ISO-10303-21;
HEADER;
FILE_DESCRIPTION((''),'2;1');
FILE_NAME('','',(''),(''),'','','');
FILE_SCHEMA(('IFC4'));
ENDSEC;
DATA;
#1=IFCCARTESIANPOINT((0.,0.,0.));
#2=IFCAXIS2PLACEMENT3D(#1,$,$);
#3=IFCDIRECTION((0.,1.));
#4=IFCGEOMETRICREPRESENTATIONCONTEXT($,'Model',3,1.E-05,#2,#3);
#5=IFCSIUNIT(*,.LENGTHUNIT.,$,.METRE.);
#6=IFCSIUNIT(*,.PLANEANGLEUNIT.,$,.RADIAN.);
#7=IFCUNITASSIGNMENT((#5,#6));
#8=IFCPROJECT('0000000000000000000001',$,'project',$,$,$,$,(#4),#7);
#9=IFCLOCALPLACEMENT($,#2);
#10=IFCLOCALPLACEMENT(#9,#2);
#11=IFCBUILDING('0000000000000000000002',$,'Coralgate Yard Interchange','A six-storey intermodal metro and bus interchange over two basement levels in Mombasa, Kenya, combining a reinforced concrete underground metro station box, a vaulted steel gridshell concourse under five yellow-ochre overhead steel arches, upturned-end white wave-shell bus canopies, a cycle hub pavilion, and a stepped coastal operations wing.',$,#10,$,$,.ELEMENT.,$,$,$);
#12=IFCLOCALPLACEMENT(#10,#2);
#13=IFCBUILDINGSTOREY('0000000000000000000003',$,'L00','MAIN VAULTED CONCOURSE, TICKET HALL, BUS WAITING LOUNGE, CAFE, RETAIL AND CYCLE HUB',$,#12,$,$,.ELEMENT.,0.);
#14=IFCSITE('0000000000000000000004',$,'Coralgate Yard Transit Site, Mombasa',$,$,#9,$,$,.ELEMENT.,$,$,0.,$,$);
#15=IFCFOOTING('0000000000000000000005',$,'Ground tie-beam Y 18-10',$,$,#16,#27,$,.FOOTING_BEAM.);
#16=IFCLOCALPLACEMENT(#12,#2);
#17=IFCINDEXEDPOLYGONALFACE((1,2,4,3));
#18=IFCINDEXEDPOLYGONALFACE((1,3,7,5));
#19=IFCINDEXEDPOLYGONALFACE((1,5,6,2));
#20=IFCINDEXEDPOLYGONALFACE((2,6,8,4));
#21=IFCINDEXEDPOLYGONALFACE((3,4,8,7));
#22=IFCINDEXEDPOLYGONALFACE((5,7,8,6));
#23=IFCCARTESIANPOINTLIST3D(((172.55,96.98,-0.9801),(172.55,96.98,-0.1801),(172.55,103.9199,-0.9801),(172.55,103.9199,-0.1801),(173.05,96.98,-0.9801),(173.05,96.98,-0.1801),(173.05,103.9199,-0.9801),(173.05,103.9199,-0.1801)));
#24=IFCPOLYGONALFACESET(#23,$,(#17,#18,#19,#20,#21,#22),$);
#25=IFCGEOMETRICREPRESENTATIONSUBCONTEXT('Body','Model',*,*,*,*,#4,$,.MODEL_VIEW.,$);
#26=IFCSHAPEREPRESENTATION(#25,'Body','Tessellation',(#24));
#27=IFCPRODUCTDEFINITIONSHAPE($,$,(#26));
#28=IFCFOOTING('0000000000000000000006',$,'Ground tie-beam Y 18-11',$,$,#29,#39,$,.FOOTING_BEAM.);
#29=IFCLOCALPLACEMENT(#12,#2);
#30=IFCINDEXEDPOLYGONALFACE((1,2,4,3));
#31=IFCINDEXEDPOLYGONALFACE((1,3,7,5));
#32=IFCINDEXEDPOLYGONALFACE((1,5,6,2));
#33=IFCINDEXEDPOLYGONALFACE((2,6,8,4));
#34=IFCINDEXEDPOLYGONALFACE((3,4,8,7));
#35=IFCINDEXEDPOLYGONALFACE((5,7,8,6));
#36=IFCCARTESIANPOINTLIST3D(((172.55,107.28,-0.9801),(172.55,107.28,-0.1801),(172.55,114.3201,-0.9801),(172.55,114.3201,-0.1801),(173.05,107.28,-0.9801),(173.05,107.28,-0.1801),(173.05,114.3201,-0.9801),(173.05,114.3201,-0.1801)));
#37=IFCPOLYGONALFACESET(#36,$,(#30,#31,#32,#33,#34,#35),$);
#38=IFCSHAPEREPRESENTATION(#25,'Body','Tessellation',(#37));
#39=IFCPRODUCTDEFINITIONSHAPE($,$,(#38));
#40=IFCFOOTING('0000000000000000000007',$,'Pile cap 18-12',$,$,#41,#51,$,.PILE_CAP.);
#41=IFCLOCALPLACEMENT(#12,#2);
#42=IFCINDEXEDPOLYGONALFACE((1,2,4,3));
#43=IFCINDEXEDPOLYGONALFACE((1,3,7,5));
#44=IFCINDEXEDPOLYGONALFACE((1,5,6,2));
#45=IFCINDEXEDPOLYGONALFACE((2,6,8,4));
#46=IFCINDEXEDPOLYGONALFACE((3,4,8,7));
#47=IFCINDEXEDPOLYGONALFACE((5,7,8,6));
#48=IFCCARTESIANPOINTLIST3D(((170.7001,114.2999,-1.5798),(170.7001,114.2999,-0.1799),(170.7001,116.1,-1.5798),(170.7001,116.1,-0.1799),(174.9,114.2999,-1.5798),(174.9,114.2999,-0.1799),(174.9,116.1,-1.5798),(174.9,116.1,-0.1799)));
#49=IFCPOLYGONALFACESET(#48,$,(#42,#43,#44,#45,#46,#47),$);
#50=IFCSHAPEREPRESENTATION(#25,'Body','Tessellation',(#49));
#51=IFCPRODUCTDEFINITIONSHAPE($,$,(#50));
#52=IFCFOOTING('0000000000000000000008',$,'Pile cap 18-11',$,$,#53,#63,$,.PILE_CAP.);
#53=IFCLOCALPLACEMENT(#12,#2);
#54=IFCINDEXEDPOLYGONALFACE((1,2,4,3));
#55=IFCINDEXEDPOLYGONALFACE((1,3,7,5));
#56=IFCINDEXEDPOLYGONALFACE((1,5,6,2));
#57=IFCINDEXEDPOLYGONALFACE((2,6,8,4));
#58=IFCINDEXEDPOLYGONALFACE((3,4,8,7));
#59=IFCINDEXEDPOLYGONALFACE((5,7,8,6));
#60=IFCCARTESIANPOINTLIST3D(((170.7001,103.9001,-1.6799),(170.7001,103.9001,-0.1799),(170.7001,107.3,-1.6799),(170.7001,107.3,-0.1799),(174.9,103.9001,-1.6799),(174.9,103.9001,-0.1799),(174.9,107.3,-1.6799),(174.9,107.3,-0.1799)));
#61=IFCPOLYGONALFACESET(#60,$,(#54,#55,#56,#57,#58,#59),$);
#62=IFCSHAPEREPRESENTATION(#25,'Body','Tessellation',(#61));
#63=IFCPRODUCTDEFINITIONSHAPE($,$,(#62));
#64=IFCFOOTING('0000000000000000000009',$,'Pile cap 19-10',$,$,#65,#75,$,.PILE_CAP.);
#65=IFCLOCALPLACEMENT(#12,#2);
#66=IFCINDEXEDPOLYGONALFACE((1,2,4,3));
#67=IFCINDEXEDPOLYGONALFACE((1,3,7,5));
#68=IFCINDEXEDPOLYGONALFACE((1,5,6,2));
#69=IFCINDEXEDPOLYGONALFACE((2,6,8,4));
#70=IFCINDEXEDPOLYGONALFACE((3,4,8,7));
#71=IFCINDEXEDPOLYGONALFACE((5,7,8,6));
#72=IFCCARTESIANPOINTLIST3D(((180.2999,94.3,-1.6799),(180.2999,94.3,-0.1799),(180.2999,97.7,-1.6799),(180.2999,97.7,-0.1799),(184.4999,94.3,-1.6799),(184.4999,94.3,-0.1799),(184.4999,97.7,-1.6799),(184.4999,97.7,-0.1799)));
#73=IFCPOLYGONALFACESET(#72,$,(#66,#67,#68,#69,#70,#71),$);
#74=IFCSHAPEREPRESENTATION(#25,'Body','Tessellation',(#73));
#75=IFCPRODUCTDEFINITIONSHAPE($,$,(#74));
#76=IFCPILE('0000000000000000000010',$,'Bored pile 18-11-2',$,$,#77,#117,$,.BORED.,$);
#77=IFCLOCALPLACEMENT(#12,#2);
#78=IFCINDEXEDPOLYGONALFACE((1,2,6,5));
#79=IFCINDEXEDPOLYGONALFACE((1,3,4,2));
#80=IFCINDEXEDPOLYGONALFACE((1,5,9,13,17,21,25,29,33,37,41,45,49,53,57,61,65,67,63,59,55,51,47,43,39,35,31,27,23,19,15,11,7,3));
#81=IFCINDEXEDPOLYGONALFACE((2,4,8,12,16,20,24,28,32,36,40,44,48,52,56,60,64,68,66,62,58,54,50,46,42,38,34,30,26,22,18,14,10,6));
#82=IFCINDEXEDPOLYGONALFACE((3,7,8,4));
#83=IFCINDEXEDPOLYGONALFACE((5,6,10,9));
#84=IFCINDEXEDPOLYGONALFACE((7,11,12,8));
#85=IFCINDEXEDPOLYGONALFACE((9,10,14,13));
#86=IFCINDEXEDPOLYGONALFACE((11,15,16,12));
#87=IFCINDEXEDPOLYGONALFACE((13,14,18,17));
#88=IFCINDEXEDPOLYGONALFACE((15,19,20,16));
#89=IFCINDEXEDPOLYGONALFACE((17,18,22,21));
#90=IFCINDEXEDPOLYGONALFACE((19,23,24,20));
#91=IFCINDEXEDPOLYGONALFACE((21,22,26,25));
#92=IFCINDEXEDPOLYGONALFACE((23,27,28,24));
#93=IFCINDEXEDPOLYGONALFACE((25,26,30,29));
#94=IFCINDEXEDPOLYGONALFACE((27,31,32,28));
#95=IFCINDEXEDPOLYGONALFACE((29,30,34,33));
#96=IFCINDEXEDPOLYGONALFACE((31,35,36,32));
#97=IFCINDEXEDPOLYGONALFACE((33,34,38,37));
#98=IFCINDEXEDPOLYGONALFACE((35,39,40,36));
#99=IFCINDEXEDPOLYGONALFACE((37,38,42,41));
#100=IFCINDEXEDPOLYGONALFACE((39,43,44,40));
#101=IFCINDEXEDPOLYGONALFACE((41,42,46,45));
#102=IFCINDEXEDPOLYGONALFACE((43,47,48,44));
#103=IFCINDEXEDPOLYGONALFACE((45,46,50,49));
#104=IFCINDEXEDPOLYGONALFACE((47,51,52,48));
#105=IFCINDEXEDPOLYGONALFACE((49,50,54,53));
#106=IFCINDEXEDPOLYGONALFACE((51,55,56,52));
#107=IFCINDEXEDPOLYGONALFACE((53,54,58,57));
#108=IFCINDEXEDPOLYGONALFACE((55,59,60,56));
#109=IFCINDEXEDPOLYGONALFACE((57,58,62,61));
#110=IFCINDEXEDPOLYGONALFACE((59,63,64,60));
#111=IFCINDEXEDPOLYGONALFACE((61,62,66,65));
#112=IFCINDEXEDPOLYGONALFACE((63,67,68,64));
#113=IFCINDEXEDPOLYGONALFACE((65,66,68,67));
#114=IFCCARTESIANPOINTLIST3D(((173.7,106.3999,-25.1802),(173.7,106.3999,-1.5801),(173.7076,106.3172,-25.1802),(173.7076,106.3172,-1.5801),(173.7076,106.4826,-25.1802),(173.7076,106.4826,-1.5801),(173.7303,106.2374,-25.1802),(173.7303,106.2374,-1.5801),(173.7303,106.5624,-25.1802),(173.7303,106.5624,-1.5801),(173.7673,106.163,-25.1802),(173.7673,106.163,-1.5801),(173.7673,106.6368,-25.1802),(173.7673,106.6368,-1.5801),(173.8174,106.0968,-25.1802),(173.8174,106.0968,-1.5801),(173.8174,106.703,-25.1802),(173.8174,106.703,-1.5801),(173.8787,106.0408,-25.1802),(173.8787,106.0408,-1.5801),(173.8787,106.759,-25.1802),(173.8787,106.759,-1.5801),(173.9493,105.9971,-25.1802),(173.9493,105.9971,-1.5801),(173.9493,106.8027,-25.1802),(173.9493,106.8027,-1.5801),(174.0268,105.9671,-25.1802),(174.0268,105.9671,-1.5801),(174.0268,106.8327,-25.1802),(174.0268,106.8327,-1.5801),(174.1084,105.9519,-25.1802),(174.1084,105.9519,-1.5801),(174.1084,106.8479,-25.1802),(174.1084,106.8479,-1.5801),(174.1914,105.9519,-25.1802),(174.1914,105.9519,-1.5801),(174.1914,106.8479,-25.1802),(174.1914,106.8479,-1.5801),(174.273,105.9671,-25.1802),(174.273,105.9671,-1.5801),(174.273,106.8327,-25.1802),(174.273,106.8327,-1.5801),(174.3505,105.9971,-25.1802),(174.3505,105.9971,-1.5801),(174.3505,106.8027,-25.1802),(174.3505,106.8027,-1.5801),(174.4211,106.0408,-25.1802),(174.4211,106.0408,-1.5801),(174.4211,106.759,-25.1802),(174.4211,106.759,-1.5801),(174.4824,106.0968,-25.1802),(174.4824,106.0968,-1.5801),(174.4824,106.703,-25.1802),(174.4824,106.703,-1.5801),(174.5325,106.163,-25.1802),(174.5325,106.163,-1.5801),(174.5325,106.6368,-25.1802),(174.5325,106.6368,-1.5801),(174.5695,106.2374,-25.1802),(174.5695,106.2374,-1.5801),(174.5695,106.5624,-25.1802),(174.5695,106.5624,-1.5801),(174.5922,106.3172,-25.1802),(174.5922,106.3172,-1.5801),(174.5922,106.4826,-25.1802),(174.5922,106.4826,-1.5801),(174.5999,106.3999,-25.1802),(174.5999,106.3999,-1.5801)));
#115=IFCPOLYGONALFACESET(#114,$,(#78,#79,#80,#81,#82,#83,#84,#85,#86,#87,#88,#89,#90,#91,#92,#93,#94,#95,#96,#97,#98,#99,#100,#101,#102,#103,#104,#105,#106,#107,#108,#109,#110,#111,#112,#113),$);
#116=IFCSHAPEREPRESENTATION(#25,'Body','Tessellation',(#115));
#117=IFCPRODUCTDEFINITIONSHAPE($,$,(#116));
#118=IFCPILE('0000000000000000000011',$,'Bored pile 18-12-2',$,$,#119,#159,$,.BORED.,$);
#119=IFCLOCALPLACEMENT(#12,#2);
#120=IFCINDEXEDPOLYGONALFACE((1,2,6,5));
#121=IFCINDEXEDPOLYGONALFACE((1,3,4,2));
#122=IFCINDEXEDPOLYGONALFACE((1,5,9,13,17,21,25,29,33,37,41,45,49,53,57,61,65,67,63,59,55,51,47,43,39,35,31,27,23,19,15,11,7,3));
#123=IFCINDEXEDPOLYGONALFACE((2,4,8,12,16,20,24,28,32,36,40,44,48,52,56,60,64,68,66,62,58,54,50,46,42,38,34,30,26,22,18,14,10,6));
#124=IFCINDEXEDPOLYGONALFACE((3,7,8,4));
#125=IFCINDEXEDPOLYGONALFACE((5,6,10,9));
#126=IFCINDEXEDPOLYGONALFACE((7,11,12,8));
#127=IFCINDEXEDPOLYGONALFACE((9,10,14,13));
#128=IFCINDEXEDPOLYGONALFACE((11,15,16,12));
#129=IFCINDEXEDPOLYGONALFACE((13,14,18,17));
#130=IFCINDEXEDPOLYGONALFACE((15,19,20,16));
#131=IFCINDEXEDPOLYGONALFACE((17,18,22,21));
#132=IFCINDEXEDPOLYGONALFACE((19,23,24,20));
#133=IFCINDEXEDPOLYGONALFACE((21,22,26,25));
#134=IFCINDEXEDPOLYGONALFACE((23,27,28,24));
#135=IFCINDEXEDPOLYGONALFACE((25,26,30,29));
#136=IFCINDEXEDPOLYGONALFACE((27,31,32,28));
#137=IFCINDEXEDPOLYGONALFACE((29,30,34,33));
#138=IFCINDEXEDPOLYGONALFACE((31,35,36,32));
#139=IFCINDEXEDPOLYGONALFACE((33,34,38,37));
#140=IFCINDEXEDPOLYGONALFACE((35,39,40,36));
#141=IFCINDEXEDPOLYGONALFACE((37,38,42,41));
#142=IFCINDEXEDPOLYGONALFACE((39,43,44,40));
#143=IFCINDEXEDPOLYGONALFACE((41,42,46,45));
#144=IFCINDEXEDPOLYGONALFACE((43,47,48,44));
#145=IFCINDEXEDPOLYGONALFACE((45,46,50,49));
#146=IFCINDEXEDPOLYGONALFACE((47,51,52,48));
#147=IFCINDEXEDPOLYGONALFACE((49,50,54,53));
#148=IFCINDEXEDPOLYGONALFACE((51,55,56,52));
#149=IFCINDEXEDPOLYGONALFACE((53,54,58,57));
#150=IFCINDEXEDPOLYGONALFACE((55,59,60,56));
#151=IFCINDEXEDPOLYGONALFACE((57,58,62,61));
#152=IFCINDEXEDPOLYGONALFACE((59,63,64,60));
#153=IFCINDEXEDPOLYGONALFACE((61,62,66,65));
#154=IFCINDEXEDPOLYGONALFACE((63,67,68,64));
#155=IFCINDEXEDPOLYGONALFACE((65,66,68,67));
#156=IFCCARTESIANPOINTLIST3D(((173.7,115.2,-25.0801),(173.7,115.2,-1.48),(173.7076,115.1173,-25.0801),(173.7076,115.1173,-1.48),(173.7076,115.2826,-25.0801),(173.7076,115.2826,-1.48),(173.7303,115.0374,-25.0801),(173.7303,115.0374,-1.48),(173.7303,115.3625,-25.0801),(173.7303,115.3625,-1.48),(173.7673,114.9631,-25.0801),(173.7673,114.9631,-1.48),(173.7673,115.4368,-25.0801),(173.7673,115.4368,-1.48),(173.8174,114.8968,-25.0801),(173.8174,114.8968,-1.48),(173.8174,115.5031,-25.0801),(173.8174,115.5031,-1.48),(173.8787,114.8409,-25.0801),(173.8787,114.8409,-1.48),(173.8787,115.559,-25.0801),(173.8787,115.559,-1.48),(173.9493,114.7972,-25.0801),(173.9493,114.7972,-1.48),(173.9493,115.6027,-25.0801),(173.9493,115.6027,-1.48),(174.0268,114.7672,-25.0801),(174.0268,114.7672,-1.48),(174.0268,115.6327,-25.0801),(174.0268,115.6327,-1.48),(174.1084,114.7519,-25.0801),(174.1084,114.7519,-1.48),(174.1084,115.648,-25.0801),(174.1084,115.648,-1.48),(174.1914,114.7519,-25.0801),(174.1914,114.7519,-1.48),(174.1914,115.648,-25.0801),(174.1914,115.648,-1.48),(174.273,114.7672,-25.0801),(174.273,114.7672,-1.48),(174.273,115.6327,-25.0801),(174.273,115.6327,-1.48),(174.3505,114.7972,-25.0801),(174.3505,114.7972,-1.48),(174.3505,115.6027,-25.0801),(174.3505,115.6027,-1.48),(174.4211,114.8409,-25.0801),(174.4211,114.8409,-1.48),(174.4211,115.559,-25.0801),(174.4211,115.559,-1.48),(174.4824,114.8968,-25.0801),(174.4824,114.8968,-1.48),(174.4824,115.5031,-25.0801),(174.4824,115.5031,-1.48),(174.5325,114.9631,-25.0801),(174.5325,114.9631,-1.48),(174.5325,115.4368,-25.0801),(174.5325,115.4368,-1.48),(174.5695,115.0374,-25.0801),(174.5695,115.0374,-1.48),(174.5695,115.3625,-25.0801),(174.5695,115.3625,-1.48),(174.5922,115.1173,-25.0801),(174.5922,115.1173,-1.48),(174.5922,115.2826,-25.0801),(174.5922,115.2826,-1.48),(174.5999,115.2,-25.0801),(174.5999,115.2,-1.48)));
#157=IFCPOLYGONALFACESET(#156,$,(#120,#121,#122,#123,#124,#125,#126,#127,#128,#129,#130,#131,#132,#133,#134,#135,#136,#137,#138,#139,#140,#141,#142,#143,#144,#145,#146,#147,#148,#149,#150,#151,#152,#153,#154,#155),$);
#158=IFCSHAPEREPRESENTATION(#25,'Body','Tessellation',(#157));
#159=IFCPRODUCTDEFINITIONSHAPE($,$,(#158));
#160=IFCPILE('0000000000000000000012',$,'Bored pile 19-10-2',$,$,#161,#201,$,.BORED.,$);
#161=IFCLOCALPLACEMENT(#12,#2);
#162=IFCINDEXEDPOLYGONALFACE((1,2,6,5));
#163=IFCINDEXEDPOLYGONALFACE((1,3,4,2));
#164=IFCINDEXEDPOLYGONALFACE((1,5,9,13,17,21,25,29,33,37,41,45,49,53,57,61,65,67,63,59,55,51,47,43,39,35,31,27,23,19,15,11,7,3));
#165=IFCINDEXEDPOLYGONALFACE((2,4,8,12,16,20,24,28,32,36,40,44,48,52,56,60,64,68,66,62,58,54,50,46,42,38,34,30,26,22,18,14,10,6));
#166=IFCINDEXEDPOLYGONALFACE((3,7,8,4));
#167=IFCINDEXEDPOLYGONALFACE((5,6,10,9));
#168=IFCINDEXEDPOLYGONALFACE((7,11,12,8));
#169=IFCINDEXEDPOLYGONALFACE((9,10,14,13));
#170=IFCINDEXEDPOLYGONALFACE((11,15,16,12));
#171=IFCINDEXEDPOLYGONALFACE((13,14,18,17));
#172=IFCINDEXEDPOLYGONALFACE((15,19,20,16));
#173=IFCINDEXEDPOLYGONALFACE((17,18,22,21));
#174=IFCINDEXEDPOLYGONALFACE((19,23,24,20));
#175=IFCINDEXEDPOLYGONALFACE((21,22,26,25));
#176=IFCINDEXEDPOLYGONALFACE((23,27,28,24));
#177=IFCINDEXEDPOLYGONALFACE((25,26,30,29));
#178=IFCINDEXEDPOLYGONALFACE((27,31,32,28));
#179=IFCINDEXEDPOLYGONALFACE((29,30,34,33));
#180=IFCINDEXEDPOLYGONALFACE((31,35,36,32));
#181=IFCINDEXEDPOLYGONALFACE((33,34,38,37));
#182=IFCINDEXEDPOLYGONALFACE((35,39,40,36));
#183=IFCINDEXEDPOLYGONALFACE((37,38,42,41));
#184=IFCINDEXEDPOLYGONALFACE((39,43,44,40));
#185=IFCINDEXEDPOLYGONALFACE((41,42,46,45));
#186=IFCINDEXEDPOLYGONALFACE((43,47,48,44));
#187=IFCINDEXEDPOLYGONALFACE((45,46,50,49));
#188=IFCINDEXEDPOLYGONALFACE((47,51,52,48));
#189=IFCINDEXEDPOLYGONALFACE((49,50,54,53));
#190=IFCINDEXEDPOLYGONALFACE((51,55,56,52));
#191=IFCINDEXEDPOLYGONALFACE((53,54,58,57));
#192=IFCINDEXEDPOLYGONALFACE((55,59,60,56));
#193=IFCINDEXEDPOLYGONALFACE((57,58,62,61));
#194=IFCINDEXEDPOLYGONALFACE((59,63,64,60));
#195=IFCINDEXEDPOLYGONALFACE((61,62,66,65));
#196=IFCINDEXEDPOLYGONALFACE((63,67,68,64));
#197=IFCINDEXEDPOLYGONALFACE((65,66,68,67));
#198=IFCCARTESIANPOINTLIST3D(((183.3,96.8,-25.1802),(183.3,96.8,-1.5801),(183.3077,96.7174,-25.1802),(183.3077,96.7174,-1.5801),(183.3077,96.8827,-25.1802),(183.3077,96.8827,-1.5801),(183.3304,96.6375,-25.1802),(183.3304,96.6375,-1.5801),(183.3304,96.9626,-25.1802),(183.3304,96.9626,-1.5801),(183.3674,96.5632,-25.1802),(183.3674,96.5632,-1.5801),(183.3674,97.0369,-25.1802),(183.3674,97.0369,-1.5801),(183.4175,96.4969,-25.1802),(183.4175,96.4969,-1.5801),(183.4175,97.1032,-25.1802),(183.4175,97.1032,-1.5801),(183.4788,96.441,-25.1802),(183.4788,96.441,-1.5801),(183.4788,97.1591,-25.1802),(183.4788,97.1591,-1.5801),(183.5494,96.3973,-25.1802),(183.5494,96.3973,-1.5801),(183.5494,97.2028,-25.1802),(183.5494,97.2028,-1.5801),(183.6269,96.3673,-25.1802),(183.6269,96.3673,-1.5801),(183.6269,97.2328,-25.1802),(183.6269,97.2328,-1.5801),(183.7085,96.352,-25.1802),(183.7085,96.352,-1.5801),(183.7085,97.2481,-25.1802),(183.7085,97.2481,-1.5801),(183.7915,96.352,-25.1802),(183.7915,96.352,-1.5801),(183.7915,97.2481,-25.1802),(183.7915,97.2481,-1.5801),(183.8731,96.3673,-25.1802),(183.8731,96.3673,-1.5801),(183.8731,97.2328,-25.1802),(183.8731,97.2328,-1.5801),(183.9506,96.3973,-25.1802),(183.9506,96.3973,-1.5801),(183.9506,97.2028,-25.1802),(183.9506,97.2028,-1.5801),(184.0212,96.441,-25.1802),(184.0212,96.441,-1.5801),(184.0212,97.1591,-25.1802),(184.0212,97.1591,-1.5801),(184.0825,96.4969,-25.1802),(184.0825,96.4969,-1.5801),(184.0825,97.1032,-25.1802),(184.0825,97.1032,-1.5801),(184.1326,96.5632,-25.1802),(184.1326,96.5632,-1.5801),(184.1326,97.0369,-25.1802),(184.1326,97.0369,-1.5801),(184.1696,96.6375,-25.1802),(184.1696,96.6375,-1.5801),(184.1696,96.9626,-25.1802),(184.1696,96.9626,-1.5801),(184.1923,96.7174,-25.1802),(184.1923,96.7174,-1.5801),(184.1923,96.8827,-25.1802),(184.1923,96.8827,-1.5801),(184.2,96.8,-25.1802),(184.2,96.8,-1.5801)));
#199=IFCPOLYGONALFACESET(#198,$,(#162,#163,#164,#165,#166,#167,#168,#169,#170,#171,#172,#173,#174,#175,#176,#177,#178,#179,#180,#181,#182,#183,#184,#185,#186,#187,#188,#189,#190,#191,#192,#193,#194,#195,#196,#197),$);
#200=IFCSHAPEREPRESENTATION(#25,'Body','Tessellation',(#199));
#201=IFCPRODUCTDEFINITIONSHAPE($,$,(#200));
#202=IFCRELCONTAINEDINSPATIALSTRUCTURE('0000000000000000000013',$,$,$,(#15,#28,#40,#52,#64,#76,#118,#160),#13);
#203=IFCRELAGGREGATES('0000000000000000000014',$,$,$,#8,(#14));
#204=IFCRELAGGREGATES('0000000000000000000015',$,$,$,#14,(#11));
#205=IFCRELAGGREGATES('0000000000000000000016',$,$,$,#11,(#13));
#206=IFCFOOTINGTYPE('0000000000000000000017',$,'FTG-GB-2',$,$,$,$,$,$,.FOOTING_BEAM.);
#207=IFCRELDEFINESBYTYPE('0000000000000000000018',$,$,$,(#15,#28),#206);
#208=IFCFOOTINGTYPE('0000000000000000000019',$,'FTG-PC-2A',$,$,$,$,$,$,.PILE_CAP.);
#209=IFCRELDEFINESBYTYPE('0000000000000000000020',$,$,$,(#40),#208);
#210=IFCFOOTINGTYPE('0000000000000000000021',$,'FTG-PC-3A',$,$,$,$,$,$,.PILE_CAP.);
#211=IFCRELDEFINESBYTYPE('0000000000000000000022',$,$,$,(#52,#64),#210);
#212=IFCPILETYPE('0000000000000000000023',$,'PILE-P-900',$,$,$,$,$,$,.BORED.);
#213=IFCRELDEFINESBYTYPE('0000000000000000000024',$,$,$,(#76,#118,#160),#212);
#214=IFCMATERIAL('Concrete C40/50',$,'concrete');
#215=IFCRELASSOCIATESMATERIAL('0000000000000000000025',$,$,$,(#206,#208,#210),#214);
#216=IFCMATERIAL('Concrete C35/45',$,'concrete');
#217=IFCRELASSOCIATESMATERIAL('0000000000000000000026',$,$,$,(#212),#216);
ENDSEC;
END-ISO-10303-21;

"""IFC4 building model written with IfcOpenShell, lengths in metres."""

from ifc_helpers import new_model, si_unit, direction, frame, origin, origin_2d, place, context, subcontext, project, spatial, rectangle, circle, extrude, material, material_profile, profile_set, type_object, element, save


model = new_model("IFC4")

# Units and contexts
model_context = context("Model", 3, precision=1e-05, world=origin(), true_north=direction((0.0, 1.0)))
body_context = subcontext(model_context, "Body", "Model", "MODEL_VIEW")
ifc_project = project(units=[si_unit("LENGTHUNIT", "METRE"), si_unit("PLANEANGLEUNIT", "RADIAN")], contexts=[model_context])

# Site, building, storey
site_placement = place(None, origin())
site = spatial("IfcSite", under=ifc_project, at=site_placement, Name="Coralgate Yard Transit Site, Mombasa", CompositionType="ELEMENT", RefElevation=0.0)
building_placement = place(site_placement, origin())
building = spatial("IfcBuilding", under=site, at=building_placement, Name="Coralgate Yard Interchange", Description="A six-storey intermodal metro and bus interchange over two basement levels in Mombasa, Kenya, combining a reinforced concrete underground metro station box, a vaulted steel gridshell concourse under five yellow-ochre overhead steel arches, upturned-end white wave-shell bus canopies, a cycle hub pavilion, and a stepped coastal operations wing.", CompositionType="ELEMENT")
storey_placement = place(building_placement, origin())
storey = spatial("IfcBuildingStorey", under=building, at=storey_placement, Name="L00", Description="MAIN VAULTED CONCOURSE, TICKET HALL, BUS WAITING LOUNGE, CAFE, RETAIL AND CYCLE HUB", CompositionType="ELEMENT", Elevation=0.0)

# Footings
ifc_material_1 = material(Name="Concrete C40/50", Category="concrete")
ifc_material_profile_1 = material_profile(ifc_material_1, rectangle(XDim=0.5, YDim=0.8, at=origin_2d()), Name="RC 500x800")
ifc_profile_set_1 = profile_set([ifc_material_profile_1], Name="Concrete C40/50")
footing_type_1 = type_object("IfcFootingType", Name="FTG-GB-2", PredefinedType="FOOTING_BEAM", material=ifc_profile_set_1)
footing_1_placement = place(storey_placement, frame((172.8, 96.98, -0.5801), z_axis=(0.0, 1.0, 0.0), x_axis=(-1.0, 0.0, 0.0)))
element("IfcFooting", 1, at=footing_1_placement, inside=storey, type_object=footing_type_1, Name="Ground tie-beam Y 18-10", PredefinedType="FOOTING_BEAM", context=body_context, shape_type="SweptSolid", body=[
    extrude(rectangle(XDim=0.5, YDim=0.8, at=origin_2d()), origin(), (0.0, 0.0, 1.0), 6.9399),
])
footing_2_placement = place(storey_placement, frame((172.8, 107.28, -0.5801), z_axis=(0.0, 1.0, 0.0), x_axis=(-1.0, 0.0, 0.0)))
element("IfcFooting", 2, at=footing_2_placement, inside=storey, type_object=footing_type_1, Name="Ground tie-beam Y 18-11", PredefinedType="FOOTING_BEAM", context=body_context, shape_type="SweptSolid", body=[
    extrude(rectangle(XDim=0.5, YDim=0.8, at=origin_2d()), origin(), (0.0, 0.0, 1.0), 7.04),
])
footing_type_2 = type_object("IfcFootingType", Name="FTG-PC-2A", PredefinedType="PILE_CAP", material=ifc_material_1)
footing_3_placement = place(storey_placement, frame((172.8, 115.2, -1.5798), z_axis=(0.0, 0.0, 1.0), x_axis=(1.0, 0.0, 0.0)))
element("IfcFooting", 3, at=footing_3_placement, inside=storey, type_object=footing_type_2, Name="Pile cap 18-12", PredefinedType="PILE_CAP", context=body_context, shape_type="SweptSolid", body=[
    extrude(rectangle(XDim=4.2, YDim=1.8, at=origin_2d()), origin(), (0.0, 0.0, 1.0), 1.3999),
])
footing_type_3 = type_object("IfcFootingType", Name="FTG-PC-3A", PredefinedType="PILE_CAP", material=ifc_material_1)
for number, where, z_axis, x_axis, name in (
    (4, (172.8, 105.6001, -1.6799), (0.0, 0.0, 1.0), (1.0, 0.0, 0.0), "Pile cap 18-11"),
    (5, (182.3999, 96.0, -1.6799), (0.0, 0.0, 1.0), (1.0, 0.0, 0.0), "Pile cap 19-10"),
):
    element("IfcFooting", number, at=place(storey_placement, frame(where, z_axis=z_axis, x_axis=x_axis)), inside=storey, type_object=footing_type_3, Name=name, PredefinedType="PILE_CAP", context=body_context, shape_type="SweptSolid", body=[
        extrude(rectangle(XDim=4.2, YDim=3.3999, at=origin_2d()), origin(), (0.0, 0.0, 1.0), 1.5),
    ])

# Piles
ifc_material_2 = material(Name="Concrete C35/45", Category="concrete")
ifc_material_profile_2 = material_profile(ifc_material_2, circle(Radius=0.45, at=origin_2d()), Name="BORED PILE D900")
ifc_profile_set_2 = profile_set([ifc_material_profile_2], Name="Concrete C35/45")
pile_type = type_object("IfcPileType", Name="PILE-P-900", PredefinedType="BORED", material=ifc_profile_set_2)
for number, where, z_axis, x_axis, name in (
    (6, (174.1499, 106.3999, -1.5801), (0.0, 0.0, -1.0), (1.0, 0.0, 0.0), "Bored pile 18-11-2"),
    (7, (174.1499, 115.2, -1.48), (0.0, 0.0, -1.0), (1.0, 0.0, 0.0), "Bored pile 18-12-2"),
    (8, (183.75, 96.8, -1.5801), (0.0, 0.0, -1.0), (1.0, 0.0, 0.0), "Bored pile 19-10-2"),
):
    element("IfcPile", number, at=place(storey_placement, frame(where, z_axis=z_axis, x_axis=x_axis)), inside=storey, type_object=pile_type, Name=name, PredefinedType="BORED", context=body_context, shape_type="SweptSolid", body=[
        extrude(circle(Radius=0.45, at=origin_2d()), origin(), (0.0, 0.0, 1.0), 23.6001),
    ])

save(model, "model.ifc")
